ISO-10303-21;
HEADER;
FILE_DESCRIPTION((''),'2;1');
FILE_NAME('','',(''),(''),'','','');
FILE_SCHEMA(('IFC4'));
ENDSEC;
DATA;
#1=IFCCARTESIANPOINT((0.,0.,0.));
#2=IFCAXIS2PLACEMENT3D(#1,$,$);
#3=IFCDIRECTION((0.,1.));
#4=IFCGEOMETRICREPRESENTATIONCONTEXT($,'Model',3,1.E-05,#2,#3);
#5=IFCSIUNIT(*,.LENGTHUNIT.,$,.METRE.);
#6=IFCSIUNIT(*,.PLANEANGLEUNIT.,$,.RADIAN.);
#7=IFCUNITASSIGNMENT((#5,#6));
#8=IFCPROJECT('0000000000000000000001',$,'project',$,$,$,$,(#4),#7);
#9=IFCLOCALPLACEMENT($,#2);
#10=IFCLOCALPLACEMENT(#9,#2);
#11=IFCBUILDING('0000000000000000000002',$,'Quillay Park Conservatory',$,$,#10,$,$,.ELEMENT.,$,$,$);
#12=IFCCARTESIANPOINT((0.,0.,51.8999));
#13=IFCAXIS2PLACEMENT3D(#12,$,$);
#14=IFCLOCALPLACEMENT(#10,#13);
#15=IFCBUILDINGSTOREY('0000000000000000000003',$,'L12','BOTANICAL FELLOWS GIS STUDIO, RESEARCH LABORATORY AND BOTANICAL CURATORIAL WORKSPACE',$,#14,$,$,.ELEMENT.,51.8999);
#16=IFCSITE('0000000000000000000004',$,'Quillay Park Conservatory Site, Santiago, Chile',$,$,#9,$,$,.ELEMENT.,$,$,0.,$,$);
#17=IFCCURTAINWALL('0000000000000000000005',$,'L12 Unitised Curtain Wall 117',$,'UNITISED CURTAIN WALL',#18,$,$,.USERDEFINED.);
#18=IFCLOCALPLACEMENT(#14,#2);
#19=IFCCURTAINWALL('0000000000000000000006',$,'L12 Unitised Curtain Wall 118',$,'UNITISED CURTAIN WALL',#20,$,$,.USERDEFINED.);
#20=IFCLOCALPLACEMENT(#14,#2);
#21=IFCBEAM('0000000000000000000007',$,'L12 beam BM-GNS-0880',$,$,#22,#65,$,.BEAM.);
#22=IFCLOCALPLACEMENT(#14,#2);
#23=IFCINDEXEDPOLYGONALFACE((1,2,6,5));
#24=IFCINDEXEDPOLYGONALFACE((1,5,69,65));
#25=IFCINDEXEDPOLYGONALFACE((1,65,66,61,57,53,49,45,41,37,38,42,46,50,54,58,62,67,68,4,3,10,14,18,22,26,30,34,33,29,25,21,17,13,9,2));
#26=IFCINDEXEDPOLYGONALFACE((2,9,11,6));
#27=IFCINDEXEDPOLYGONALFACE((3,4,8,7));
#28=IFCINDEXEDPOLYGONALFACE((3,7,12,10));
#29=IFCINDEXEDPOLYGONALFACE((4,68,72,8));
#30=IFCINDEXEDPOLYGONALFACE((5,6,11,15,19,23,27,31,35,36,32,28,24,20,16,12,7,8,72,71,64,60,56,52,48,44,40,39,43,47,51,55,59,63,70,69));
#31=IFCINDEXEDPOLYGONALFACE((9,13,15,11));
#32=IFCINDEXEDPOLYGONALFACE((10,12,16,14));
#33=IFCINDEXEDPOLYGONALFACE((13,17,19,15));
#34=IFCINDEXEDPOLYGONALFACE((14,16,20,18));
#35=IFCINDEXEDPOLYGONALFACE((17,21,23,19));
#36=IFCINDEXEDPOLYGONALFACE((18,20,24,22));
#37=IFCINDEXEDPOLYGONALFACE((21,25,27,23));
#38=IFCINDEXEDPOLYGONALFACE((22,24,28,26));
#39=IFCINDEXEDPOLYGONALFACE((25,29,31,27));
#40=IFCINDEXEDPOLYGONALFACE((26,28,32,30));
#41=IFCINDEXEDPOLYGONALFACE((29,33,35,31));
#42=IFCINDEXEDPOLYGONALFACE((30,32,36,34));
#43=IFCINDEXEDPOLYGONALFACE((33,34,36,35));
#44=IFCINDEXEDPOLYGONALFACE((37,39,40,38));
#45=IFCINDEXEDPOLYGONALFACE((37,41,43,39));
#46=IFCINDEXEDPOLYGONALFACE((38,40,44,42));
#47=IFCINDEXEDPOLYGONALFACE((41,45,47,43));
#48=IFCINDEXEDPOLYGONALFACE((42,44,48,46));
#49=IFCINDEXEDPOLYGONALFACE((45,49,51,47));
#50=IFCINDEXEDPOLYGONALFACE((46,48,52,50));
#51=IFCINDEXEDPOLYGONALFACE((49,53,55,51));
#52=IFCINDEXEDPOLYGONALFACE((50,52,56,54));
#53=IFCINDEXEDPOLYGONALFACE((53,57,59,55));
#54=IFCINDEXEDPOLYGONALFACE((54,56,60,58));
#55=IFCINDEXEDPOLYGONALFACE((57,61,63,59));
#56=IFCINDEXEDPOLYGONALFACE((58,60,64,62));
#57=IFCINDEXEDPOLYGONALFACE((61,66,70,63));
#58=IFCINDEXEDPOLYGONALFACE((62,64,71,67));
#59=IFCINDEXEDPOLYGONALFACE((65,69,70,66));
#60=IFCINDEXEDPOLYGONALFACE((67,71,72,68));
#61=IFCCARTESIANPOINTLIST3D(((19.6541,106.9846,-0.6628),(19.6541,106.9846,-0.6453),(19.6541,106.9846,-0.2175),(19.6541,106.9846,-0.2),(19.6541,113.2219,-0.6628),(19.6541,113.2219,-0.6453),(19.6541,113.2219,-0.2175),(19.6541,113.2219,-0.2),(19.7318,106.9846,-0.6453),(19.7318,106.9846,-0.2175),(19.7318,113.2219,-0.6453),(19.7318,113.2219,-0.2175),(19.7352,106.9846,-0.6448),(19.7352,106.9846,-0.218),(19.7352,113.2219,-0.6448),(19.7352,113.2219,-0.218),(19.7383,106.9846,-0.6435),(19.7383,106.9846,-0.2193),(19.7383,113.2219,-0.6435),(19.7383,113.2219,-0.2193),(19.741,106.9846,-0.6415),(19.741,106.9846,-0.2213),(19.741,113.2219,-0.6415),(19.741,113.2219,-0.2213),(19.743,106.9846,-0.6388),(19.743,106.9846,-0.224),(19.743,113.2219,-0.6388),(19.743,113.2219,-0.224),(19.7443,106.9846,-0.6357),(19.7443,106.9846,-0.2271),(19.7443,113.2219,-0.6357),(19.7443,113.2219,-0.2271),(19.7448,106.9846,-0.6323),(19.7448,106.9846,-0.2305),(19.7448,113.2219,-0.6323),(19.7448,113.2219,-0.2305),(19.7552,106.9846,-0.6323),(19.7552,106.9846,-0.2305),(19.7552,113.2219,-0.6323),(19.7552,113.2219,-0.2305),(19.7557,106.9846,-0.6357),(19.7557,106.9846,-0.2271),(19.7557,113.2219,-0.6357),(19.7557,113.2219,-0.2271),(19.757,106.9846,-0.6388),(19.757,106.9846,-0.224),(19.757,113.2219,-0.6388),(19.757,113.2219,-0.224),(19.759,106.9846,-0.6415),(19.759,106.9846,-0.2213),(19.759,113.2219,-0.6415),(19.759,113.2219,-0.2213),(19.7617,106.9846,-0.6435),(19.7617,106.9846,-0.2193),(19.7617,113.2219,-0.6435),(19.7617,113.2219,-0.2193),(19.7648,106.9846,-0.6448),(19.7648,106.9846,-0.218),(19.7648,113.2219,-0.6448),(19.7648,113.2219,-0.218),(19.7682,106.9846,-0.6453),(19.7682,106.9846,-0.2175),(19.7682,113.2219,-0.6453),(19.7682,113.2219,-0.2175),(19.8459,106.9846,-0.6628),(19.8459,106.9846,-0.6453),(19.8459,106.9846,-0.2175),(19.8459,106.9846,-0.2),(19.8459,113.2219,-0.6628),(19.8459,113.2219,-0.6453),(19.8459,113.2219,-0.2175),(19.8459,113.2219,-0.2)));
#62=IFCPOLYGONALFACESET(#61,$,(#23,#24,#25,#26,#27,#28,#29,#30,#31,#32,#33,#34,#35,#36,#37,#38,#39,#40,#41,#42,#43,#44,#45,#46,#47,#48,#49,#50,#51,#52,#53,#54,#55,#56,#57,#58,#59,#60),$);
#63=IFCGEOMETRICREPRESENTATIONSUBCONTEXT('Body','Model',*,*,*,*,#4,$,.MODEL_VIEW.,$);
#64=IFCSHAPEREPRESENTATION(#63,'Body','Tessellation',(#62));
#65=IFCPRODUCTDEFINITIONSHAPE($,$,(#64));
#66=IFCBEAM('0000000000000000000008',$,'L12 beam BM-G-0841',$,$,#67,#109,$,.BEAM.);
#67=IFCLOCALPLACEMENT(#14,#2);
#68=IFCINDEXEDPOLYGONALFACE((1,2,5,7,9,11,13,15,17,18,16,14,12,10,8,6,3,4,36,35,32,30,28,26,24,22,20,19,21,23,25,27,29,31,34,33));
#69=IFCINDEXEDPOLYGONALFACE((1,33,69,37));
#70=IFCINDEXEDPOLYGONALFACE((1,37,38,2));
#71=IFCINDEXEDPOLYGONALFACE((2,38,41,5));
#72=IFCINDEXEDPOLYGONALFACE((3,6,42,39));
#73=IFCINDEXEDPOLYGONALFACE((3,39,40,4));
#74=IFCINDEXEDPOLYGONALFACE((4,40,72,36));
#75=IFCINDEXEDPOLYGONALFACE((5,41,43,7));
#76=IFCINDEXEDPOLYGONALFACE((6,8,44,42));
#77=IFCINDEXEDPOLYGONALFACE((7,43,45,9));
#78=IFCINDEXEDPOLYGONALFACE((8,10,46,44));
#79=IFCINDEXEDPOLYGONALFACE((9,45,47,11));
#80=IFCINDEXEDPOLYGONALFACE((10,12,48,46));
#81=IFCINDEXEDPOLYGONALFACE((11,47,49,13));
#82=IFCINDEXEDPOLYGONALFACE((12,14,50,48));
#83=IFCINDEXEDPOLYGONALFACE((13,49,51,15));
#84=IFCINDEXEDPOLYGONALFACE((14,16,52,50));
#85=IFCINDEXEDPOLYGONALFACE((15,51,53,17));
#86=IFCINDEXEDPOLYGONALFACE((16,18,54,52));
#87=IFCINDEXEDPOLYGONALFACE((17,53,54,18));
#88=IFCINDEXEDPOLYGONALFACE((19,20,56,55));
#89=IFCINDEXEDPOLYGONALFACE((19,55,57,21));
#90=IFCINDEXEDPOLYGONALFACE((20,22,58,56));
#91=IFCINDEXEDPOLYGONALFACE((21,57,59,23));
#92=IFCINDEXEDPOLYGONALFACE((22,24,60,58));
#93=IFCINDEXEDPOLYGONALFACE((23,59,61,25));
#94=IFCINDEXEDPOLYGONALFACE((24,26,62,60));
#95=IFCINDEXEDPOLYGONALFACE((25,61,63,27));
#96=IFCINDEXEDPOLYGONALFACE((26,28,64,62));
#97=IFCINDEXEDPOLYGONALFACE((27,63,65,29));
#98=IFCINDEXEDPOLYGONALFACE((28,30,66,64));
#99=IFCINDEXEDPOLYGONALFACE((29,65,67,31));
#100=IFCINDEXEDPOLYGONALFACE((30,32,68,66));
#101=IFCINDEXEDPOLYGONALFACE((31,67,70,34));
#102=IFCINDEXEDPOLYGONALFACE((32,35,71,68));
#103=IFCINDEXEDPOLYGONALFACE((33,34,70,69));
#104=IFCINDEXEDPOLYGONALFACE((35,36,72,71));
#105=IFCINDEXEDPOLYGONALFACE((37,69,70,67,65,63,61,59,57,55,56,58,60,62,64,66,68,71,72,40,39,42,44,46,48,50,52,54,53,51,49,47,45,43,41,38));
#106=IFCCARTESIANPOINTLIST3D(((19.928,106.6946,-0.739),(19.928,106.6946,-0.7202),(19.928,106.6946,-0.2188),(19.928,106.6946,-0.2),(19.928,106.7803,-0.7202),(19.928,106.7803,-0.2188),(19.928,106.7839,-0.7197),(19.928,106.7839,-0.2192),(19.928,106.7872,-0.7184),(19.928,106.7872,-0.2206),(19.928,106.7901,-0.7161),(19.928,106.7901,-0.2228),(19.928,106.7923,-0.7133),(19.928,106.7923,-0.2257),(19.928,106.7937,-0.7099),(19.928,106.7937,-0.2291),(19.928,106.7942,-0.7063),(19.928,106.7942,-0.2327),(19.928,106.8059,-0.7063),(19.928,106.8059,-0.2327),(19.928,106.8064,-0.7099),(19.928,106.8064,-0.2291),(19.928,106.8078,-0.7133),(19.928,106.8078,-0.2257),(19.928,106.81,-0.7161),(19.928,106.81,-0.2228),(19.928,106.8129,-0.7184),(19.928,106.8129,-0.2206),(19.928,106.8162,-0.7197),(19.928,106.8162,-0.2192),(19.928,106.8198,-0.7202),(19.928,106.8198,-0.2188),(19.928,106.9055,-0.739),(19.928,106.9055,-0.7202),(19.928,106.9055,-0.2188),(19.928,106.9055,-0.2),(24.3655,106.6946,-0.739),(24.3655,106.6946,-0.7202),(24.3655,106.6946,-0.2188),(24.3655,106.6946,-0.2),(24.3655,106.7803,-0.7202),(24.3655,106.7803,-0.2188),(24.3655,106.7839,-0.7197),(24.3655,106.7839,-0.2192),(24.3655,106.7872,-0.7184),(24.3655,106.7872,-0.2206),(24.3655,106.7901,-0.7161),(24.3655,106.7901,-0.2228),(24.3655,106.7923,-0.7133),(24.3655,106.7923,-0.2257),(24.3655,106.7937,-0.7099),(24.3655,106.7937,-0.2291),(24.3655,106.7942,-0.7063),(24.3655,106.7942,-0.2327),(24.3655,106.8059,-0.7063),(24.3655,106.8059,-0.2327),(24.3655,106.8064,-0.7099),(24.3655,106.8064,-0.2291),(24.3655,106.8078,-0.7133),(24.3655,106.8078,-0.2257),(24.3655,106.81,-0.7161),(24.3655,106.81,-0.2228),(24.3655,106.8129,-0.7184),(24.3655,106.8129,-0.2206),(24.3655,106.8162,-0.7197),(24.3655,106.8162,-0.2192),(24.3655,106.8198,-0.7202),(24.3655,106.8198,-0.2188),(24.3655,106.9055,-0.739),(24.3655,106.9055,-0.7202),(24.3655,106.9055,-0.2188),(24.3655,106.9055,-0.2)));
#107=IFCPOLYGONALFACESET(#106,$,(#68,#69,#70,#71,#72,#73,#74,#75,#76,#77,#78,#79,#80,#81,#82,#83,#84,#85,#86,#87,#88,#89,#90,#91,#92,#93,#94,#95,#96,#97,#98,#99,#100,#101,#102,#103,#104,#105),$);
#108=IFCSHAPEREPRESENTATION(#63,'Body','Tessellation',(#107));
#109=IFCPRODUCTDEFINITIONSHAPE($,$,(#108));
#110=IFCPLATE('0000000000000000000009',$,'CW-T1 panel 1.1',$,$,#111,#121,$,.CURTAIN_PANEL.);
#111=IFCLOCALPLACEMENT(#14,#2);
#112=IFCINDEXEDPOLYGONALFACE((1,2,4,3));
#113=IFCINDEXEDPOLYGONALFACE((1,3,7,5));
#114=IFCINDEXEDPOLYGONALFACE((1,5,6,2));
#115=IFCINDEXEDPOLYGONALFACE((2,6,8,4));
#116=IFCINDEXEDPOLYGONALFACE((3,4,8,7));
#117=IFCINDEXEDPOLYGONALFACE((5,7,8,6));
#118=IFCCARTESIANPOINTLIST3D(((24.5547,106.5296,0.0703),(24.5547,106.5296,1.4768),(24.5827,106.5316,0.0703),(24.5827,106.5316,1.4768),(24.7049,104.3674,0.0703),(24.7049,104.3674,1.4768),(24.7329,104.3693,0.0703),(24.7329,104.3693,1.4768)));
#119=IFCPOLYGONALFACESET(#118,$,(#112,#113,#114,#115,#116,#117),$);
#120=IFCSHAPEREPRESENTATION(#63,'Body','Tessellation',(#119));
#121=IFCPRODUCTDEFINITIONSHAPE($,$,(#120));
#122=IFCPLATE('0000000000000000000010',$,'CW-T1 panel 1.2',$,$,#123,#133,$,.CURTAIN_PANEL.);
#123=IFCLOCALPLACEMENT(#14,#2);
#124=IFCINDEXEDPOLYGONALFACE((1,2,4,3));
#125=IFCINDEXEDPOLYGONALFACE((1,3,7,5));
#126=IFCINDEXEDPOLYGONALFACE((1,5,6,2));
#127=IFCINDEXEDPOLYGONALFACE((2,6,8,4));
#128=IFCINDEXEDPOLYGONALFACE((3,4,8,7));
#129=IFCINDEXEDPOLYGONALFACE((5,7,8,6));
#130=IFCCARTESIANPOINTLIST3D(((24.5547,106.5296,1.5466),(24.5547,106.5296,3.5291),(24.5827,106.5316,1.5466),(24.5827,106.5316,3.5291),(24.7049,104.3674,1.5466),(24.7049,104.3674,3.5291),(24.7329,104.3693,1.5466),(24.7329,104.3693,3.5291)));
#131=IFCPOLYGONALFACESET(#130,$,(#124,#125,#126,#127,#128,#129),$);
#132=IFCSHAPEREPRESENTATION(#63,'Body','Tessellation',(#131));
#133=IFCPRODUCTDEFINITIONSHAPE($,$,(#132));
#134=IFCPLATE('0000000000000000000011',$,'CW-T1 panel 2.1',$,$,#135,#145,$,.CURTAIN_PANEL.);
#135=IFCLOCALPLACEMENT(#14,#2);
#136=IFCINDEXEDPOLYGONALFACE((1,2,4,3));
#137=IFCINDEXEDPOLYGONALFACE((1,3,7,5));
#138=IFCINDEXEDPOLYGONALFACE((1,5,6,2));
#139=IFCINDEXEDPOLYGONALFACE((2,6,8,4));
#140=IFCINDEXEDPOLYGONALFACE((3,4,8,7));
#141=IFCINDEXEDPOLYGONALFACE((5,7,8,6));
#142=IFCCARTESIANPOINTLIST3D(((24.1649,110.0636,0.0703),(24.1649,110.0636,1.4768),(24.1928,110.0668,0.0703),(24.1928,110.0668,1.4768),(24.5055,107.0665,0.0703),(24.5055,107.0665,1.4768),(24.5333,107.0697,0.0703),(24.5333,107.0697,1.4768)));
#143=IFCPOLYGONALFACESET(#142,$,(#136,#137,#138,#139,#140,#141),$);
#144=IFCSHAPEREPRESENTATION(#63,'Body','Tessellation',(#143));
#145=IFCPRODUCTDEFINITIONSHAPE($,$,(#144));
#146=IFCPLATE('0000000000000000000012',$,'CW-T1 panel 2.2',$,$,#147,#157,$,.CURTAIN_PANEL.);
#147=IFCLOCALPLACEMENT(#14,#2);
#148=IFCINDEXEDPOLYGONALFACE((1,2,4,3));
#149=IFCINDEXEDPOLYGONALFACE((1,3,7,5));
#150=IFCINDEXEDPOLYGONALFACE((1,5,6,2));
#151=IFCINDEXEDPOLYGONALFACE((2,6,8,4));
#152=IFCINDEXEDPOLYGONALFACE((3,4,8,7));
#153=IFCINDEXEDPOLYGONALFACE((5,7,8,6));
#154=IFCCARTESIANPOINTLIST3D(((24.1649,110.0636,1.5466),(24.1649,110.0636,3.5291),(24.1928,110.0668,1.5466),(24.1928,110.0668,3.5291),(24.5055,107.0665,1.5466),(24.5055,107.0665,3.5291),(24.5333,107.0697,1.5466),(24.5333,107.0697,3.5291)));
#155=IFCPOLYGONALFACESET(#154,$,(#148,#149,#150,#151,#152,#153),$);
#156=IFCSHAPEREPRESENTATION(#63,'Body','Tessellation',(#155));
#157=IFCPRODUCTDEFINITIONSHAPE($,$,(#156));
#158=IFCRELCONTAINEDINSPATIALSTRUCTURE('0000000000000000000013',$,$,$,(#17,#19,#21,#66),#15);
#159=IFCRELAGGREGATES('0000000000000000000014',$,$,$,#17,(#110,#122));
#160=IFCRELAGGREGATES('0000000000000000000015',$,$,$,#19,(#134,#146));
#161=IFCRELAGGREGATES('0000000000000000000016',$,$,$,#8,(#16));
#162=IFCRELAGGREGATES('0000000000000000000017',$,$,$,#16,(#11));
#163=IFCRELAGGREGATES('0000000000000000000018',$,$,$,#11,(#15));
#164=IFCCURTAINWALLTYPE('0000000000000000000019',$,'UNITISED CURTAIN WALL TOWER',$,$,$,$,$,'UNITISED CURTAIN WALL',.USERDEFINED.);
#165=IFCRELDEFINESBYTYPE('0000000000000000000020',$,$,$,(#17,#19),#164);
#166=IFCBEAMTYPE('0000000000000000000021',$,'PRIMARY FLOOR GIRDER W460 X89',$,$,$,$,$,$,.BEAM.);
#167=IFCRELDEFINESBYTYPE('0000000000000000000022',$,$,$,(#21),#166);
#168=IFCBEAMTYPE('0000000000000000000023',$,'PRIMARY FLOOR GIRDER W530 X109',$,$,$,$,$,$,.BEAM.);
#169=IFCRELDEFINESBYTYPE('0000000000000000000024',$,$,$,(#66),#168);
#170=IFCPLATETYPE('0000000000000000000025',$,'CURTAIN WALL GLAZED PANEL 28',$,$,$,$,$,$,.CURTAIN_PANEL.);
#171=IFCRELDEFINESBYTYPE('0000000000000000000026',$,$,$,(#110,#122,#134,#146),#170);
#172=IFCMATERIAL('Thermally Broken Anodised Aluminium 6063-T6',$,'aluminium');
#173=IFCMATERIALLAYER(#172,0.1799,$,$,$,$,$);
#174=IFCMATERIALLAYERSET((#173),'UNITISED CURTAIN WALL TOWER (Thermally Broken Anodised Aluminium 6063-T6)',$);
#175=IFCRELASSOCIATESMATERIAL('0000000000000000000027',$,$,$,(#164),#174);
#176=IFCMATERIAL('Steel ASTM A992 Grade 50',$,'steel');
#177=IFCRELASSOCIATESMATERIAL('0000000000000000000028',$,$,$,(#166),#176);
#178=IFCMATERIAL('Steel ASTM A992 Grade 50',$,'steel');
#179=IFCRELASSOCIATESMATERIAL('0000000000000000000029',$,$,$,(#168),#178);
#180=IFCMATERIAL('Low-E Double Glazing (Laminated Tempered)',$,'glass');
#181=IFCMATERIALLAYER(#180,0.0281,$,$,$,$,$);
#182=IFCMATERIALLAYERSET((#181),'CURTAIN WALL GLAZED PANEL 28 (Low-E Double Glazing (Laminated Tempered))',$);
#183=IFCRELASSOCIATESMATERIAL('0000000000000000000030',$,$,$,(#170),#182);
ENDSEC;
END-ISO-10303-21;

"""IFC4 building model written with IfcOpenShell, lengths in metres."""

from ifc_helpers import new_model, si_unit, direction, frame, origin, origin_2d, place, context, subcontext, project, spatial, rectangle, i_section, extrude, material, layer, layer_set, material_profile, profile_set, type_object, element, aggregate, save


model = new_model("IFC4")

# Units and contexts
model_context = context("Model", 3, precision=1e-05, world=origin(), true_north=direction((0.0, 1.0)))
body_context = subcontext(model_context, "Body", "Model", "MODEL_VIEW")
ifc_project = project(units=[si_unit("LENGTHUNIT", "METRE"), si_unit("PLANEANGLEUNIT", "RADIAN")], contexts=[model_context])

# Site, building, storey
site_placement = place(None, origin())
site = spatial("IfcSite", under=ifc_project, at=site_placement, Name="Quillay Park Conservatory Site, Santiago, Chile", CompositionType="ELEMENT", RefElevation=0.0)
building_placement = place(site_placement, origin())
building = spatial("IfcBuilding", under=site, at=building_placement, Name="Quillay Park Conservatory", CompositionType="ELEMENT")
storey_placement = place(building_placement, frame((0.0, 0.0, 51.8999)))
storey = spatial("IfcBuildingStorey", under=building, at=storey_placement, Name="L12", Description="BOTANICAL FELLOWS GIS STUDIO, RESEARCH LABORATORY AND BOTANICAL CURATORIAL WORKSPACE", CompositionType="ELEMENT", Elevation=51.8999)

# Curtain walls
ifc_material_1 = material(Name="Thermally Broken Anodised Aluminium 6063-T6", Category="aluminium")
ifc_layer_1 = layer(ifc_material_1, 0.1799)
ifc_layer_set_1 = layer_set([ifc_layer_1], Name="UNITISED CURTAIN WALL TOWER (Thermally Broken Anodised Aluminium 6063-T6)")
curtain_wall_type = type_object("IfcCurtainWallType", Name="UNITISED CURTAIN WALL TOWER", ElementType="UNITISED CURTAIN WALL", PredefinedType="USERDEFINED", material=ifc_layer_set_1)
curtain_wall_1_placement = place(storey_placement, origin())
curtain_wall_1 = element("IfcCurtainWall", 1, at=curtain_wall_1_placement, inside=storey, type_object=curtain_wall_type, Name="L12 Unitised Curtain Wall 117", ObjectType="UNITISED CURTAIN WALL", PredefinedType="USERDEFINED")
curtain_wall_2_placement = place(storey_placement, origin())
curtain_wall_2 = element("IfcCurtainWall", 2, at=curtain_wall_2_placement, inside=storey, type_object=curtain_wall_type, Name="L12 Unitised Curtain Wall 118", ObjectType="UNITISED CURTAIN WALL", PredefinedType="USERDEFINED")

# Beams
ifc_material_2 = material(Name="Steel ASTM A992 Grade 50", Category="steel")
ifc_material_profile_1 = material_profile(ifc_material_2, i_section(OverallWidth=0.1919, OverallDepth=0.4629, WebThickness=0.0105, FlangeThickness=0.0176, FilletRadius=0.0129, at=origin_2d()), Name="W460x89")
ifc_profile_set_1 = profile_set([ifc_material_profile_1], Name="Steel ASTM A992 Grade 50")
beam_type_1 = type_object("IfcBeamType", Name="PRIMARY FLOOR GIRDER W460 X89", PredefinedType="BEAM", material=ifc_profile_set_1)
beam_1_placement = place(storey_placement, frame((19.75, 106.9846, -0.4314), z_axis=(0.0, 1.0, 0.0), x_axis=(-1.0, 0.0, 0.0)))
element("IfcBeam", 3, at=beam_1_placement, inside=storey, type_object=beam_type_1, Name="L12 beam BM-GNS-0880", PredefinedType="BEAM", context=body_context, shape_type="SweptSolid", body=[
    extrude(i_section(OverallWidth=0.1919, OverallDepth=0.4629, WebThickness=0.0105, FlangeThickness=0.0176, FilletRadius=0.0129, at=origin_2d()), origin(), (0.0, 0.0, 1.0), 6.2373),
])
ifc_material_3 = material(Name="Steel ASTM A992 Grade 50", Category="steel")
ifc_material_profile_2 = material_profile(ifc_material_3, i_section(OverallWidth=0.2109, OverallDepth=0.5391, WebThickness=0.0117, FlangeThickness=0.0188, FilletRadius=0.0139, at=origin_2d()), Name="W530x109")
ifc_profile_set_2 = profile_set([ifc_material_profile_2], Name="Steel ASTM A992 Grade 50")
beam_type_2 = type_object("IfcBeamType", Name="PRIMARY FLOOR GIRDER W530 X109", PredefinedType="BEAM", material=ifc_profile_set_2)
beam_2_placement = place(storey_placement, frame((19.928, 106.8, -0.4695), z_axis=(1.0, 0.0, 0.0), x_axis=(0.0, 1.0, 0.0)))
element("IfcBeam", 4, at=beam_2_placement, inside=storey, type_object=beam_type_2, Name="L12 beam BM-G-0841", PredefinedType="BEAM", context=body_context, shape_type="SweptSolid", body=[
    extrude(i_section(OverallWidth=0.2109, OverallDepth=0.5391, WebThickness=0.0117, FlangeThickness=0.0188, FilletRadius=0.0139, at=origin_2d()), origin(), (0.0, 0.0, 1.0), 4.4375),
])

# Plates
ifc_material_4 = material(Name="Low-E Double Glazing (Laminated Tempered)", Category="glass")
ifc_layer_2 = layer(ifc_material_4, 0.0281)
ifc_layer_set_2 = layer_set([ifc_layer_2], Name="CURTAIN WALL GLAZED PANEL 28 (Low-E Double Glazing (Laminated Tempered))")
plate_type = type_object("IfcPlateType", Name="CURTAIN WALL GLAZED PANEL 28", PredefinedType="CURTAIN_PANEL", material=ifc_layer_set_2)
plate_1_placement = place(storey_placement, frame((24.6438, 105.4495, 0.0703), z_axis=(0.0, 0.0, 1.0), x_axis=(0.069264, -0.997598, 0.0)))
plate_1 = element("IfcPlate", 5, at=plate_1_placement, type_object=plate_type, Name="CW-T1 panel 1.1", PredefinedType="CURTAIN_PANEL", context=body_context, shape_type="SweptSolid", body=[
    extrude(rectangle(XDim=2.1675, YDim=0.0281, at=origin_2d()), origin(), (0.0, 0.0, 1.0), 1.4065),
])
plate_2_placement = place(storey_placement, frame((24.6438, 105.4495, 1.5466), z_axis=(0.0, 0.0, 1.0), x_axis=(0.069264, -0.997598, 0.0)))
plate_2 = element("IfcPlate", 6, at=plate_2_placement, type_object=plate_type, Name="CW-T1 panel 1.2", PredefinedType="CURTAIN_PANEL", context=body_context, shape_type="SweptSolid", body=[
    extrude(rectangle(XDim=2.1675, YDim=0.0281, at=origin_2d()), origin(), (0.0, 0.0, 1.0), 1.9824),
])
aggregate(curtain_wall_1, [plate_1, plate_2])
plate_3_placement = place(storey_placement, frame((24.3491, 108.5667, 0.0703), z_axis=(0.0, 0.0, 1.0), x_axis=(0.112903, -0.993606, 0.0)))
plate_3 = element("IfcPlate", 7, at=plate_3_placement, type_object=plate_type, Name="CW-T1 panel 2.1", PredefinedType="CURTAIN_PANEL", context=body_context, shape_type="SweptSolid", body=[
    extrude(rectangle(XDim=3.0164, YDim=0.0281, at=origin_2d()), origin(), (0.0, 0.0, 1.0), 1.4065),
])
plate_4_placement = place(storey_placement, frame((24.3491, 108.5667, 1.5466), z_axis=(0.0, 0.0, 1.0), x_axis=(0.112903, -0.993606, 0.0)))
plate_4 = element("IfcPlate", 8, at=plate_4_placement, type_object=plate_type, Name="CW-T1 panel 2.2", PredefinedType="CURTAIN_PANEL", context=body_context, shape_type="SweptSolid", body=[
    extrude(rectangle(XDim=3.0164, YDim=0.0281, at=origin_2d()), origin(), (0.0, 0.0, 1.0), 1.9824),
])
aggregate(curtain_wall_2, [plate_3, plate_4])

save(model, "model.ifc")
